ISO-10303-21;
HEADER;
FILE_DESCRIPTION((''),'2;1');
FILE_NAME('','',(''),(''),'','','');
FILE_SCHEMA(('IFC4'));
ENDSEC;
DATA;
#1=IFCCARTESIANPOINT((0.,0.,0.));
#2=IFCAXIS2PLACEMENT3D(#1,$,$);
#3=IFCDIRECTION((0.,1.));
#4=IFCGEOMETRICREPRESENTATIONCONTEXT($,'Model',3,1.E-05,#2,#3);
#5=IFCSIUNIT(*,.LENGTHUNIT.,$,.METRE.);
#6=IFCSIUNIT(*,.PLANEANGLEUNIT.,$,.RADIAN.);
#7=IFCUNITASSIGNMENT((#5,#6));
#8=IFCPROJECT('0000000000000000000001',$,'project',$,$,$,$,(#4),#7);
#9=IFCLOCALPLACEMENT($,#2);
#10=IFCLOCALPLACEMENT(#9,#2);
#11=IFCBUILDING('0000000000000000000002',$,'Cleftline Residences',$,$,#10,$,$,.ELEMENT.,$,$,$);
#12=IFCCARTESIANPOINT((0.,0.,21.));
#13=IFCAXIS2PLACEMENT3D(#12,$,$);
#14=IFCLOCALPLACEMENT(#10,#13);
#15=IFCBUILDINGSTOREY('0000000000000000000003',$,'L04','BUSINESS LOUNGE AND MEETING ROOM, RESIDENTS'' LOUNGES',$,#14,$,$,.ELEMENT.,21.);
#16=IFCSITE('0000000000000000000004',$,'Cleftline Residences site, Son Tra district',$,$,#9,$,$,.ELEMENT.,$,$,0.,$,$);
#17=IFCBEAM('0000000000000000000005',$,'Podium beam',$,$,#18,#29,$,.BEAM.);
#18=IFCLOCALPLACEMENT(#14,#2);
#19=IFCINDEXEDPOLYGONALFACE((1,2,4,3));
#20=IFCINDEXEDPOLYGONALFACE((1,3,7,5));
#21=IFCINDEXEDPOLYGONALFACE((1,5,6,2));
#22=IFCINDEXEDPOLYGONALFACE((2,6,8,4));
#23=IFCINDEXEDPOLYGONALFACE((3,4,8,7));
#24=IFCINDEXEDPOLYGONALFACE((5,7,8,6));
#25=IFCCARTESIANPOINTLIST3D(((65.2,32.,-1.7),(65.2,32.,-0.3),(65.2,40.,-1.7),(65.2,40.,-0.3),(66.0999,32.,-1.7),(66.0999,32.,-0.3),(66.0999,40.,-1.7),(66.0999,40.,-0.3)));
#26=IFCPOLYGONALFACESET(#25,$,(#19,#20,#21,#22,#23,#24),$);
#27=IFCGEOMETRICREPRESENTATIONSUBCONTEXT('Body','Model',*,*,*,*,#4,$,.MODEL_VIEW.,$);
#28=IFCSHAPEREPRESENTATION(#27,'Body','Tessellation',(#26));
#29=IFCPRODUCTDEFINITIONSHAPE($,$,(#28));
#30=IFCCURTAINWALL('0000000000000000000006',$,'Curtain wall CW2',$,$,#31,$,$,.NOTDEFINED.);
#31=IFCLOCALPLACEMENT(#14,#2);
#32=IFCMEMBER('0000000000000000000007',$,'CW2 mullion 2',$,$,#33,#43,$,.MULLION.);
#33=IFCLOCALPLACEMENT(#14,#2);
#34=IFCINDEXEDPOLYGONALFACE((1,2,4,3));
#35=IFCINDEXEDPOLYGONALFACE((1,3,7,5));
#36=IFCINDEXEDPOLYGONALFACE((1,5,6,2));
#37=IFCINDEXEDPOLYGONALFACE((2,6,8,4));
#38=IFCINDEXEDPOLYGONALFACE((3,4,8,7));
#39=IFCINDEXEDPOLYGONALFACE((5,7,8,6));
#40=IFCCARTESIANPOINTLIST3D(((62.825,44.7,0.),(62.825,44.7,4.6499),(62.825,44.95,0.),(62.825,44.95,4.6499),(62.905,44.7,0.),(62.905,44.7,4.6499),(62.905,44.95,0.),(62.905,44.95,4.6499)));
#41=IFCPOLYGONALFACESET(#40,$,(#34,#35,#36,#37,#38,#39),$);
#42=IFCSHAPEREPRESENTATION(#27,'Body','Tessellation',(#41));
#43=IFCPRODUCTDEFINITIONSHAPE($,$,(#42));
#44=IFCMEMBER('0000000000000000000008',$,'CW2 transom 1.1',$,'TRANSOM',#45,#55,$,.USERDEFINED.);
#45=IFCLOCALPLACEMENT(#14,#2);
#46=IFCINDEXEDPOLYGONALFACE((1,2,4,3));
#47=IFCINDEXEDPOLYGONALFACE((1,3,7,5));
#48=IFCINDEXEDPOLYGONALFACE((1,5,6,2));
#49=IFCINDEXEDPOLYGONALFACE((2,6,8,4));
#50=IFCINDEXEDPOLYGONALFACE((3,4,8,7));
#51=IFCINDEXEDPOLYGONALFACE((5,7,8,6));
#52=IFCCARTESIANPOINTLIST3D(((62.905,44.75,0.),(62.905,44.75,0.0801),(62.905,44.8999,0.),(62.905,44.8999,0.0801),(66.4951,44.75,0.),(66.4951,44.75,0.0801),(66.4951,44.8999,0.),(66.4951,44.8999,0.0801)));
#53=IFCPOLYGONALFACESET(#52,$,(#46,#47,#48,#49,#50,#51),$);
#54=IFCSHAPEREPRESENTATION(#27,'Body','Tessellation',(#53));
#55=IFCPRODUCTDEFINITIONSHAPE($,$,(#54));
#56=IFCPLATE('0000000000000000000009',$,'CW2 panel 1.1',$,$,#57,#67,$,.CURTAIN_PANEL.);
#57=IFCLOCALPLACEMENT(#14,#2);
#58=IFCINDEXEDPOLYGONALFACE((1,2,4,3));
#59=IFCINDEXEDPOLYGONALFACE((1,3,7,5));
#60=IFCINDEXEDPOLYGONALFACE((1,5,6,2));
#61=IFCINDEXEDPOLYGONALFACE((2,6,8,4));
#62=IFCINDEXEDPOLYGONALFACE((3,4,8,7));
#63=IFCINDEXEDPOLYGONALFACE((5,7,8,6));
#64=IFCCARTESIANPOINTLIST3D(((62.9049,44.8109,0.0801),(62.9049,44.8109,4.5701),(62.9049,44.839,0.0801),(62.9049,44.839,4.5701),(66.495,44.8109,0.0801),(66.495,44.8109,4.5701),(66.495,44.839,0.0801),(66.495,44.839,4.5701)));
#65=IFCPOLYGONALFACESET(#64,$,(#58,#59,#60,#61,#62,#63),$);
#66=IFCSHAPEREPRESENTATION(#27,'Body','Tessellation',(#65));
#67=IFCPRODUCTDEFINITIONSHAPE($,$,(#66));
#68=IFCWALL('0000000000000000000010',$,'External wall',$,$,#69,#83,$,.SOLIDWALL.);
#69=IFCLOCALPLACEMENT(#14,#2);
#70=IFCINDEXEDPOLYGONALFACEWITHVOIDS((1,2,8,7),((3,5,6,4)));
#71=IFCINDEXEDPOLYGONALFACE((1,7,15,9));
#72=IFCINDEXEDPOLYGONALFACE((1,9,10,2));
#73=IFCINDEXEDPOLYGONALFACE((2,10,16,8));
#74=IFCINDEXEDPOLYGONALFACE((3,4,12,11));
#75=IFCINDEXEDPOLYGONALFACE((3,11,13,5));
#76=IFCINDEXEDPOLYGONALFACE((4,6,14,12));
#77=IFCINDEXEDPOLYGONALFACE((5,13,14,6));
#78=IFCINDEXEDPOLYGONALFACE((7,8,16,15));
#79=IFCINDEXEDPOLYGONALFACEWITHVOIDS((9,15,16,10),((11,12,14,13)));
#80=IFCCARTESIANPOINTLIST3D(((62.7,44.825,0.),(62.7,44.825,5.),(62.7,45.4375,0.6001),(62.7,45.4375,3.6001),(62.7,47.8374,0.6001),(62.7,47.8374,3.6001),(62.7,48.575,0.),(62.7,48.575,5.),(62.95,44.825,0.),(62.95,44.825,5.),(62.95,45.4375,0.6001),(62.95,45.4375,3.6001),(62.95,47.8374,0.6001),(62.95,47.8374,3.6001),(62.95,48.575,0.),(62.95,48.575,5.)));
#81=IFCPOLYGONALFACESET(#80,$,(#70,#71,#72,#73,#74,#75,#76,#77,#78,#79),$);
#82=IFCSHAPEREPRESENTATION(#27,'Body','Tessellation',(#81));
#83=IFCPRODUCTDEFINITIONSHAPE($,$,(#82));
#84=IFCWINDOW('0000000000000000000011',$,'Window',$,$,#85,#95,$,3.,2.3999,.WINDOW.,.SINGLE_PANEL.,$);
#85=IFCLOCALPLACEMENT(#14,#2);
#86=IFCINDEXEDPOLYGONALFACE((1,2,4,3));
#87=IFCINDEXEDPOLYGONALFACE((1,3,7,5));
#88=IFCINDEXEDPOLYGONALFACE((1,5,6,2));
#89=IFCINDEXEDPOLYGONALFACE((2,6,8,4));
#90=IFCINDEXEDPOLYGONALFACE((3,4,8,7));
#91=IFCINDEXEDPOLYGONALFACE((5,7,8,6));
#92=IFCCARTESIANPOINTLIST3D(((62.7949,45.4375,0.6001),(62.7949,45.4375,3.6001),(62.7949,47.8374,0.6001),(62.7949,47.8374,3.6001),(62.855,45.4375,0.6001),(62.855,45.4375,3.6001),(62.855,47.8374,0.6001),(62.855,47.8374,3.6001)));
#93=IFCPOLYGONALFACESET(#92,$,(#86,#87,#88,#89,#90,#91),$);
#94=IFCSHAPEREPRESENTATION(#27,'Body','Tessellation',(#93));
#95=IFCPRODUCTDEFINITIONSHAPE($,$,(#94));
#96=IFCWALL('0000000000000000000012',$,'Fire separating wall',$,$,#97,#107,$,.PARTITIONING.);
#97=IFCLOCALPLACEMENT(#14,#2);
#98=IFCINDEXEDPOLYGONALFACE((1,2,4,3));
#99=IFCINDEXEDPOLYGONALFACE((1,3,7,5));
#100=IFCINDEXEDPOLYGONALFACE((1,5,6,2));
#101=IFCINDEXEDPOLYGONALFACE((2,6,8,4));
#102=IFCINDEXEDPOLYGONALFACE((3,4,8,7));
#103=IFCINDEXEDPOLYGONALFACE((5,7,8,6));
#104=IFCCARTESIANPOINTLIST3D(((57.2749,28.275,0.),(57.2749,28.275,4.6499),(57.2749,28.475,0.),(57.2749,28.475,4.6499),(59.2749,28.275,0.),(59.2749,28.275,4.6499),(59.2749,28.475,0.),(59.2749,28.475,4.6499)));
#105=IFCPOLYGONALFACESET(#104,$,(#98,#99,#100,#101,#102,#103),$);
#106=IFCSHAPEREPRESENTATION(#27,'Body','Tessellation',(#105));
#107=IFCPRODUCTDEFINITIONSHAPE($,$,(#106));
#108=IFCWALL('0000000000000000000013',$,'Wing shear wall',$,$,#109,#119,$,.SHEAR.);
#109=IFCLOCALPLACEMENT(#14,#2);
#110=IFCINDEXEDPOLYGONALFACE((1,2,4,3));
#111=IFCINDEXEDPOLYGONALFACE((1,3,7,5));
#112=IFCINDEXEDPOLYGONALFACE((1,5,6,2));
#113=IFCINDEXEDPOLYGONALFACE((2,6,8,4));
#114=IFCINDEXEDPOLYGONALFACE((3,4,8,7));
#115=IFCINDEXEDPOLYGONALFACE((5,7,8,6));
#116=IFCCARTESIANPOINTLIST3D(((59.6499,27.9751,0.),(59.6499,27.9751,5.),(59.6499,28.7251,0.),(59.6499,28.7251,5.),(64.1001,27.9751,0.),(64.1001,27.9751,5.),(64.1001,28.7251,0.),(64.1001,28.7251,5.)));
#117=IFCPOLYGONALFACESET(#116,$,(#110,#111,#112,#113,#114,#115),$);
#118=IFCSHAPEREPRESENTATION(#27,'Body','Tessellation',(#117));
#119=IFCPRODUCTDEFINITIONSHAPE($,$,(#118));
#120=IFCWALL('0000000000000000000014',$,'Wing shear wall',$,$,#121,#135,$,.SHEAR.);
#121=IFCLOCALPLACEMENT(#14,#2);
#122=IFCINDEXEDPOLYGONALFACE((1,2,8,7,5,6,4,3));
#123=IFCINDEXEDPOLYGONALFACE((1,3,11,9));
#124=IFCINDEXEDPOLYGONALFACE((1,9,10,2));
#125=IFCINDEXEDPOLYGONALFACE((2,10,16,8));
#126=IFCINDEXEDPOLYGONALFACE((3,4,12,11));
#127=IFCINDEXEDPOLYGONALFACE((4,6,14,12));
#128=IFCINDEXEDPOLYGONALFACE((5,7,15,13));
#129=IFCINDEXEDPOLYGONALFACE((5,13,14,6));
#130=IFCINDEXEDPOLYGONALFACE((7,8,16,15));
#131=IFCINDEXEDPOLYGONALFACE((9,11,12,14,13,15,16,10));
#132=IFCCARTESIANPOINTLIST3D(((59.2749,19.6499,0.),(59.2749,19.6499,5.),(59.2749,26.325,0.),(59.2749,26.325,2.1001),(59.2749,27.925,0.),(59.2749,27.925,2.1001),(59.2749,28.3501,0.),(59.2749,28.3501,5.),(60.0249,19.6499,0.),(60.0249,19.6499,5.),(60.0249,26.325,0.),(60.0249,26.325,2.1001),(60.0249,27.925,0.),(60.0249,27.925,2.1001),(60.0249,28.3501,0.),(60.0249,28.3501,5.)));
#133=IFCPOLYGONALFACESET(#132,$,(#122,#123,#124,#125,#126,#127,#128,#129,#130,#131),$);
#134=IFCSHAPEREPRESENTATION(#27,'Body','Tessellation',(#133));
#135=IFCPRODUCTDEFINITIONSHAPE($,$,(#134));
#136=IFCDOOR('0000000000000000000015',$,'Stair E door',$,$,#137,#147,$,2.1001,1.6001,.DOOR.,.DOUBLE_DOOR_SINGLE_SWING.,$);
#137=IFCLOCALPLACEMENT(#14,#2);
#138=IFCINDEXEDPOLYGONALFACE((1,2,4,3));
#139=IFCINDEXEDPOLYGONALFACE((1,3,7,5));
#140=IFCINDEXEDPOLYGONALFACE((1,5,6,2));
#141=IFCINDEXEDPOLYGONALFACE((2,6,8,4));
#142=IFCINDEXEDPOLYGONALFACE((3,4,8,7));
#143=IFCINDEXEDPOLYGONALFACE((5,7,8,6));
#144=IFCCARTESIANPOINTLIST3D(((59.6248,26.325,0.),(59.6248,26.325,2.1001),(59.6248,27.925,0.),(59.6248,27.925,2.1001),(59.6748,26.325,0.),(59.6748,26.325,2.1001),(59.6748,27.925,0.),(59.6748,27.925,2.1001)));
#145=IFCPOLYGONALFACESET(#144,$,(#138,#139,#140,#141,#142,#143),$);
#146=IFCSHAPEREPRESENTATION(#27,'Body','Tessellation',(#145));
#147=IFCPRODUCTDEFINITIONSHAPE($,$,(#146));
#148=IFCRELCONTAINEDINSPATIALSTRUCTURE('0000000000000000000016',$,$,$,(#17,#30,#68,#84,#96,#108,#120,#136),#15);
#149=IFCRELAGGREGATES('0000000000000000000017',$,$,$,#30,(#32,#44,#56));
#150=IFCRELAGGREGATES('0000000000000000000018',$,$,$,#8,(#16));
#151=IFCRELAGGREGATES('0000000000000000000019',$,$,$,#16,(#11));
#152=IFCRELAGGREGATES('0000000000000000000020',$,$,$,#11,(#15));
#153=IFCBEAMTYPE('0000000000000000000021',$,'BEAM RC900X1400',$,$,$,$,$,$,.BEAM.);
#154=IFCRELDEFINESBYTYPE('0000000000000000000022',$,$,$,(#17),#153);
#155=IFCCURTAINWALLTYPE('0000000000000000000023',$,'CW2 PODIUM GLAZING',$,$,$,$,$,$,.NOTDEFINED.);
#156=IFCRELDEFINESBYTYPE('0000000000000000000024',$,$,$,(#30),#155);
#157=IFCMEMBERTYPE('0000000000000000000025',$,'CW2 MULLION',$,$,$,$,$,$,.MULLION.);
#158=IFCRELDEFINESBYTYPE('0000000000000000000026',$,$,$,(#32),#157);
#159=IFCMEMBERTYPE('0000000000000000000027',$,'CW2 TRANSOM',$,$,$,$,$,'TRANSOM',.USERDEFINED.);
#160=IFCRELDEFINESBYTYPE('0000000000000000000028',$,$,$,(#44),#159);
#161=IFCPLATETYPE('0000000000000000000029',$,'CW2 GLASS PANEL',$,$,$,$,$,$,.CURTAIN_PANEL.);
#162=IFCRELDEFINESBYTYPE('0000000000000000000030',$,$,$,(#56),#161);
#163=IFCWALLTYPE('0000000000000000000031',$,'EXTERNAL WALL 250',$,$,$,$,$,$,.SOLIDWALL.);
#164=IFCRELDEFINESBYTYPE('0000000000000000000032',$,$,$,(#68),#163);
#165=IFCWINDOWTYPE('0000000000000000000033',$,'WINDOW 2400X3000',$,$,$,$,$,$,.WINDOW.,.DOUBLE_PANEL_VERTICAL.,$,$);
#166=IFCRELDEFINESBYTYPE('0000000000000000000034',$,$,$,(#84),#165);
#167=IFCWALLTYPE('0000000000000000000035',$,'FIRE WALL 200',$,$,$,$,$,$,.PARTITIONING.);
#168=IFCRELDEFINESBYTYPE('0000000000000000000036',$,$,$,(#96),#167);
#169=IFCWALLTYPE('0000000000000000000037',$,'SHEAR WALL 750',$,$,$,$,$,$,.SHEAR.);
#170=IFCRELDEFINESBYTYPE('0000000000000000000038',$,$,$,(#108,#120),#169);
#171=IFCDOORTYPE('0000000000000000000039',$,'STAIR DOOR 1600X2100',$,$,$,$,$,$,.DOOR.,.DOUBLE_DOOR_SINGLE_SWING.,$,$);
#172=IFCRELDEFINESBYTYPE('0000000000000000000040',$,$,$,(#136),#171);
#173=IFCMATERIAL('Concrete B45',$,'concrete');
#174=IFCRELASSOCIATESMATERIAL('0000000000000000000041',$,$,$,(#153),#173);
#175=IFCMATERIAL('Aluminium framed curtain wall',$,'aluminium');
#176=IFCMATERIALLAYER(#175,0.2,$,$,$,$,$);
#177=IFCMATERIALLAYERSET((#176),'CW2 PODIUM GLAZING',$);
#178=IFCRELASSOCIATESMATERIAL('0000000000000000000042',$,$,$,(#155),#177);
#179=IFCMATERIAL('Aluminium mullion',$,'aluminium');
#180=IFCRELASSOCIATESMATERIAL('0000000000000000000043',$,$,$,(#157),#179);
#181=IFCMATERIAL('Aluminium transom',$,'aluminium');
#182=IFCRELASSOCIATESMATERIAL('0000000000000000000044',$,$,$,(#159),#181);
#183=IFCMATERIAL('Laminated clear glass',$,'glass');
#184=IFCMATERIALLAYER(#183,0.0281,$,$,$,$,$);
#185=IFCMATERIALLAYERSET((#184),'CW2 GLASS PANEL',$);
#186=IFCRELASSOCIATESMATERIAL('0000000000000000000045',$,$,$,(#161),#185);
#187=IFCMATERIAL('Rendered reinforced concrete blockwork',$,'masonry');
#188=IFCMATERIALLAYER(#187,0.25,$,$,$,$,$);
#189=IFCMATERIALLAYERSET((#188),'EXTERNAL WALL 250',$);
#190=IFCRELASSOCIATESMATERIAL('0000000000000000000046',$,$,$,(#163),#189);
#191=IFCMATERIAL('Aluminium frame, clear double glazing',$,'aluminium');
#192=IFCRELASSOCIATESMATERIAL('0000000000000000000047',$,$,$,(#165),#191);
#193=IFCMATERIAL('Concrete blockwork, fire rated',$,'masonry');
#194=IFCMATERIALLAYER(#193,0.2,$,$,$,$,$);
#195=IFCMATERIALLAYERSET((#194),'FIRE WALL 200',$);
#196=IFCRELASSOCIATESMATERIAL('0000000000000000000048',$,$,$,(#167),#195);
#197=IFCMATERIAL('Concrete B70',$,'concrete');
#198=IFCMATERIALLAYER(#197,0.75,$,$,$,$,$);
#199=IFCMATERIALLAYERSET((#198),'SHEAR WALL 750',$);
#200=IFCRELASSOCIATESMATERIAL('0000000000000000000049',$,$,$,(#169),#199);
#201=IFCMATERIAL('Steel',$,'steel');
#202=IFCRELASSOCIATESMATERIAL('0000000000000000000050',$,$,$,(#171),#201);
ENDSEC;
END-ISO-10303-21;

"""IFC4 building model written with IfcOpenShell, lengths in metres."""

from ifc_helpers import new_model, si_unit, direction, frame, frame_2d, origin, origin_2d, place, context, subcontext, project, spatial, rectangle, extrude, material, layer, layer_set, material_profile, profile_set, type_object, element, fill, aggregate, save


model = new_model("IFC4")

# Units and contexts
model_context = context("Model", 3, precision=1e-05, world=origin(), true_north=direction((0.0, 1.0)))
body_context = subcontext(model_context, "Body", "Model", "MODEL_VIEW")
ifc_project = project(units=[si_unit("LENGTHUNIT", "METRE"), si_unit("PLANEANGLEUNIT", "RADIAN")], contexts=[model_context])

# Site, building, storey
site_placement = place(None, origin())
site = spatial("IfcSite", under=ifc_project, at=site_placement, Name="Cleftline Residences site, Son Tra district", CompositionType="ELEMENT", RefElevation=0.0)
building_placement = place(site_placement, origin())
building = spatial("IfcBuilding", under=site, at=building_placement, Name="Cleftline Residences", CompositionType="ELEMENT")
storey_placement = place(building_placement, frame((0.0, 0.0, 21.0)))
storey = spatial("IfcBuildingStorey", under=building, at=storey_placement, Name="L04", Description="BUSINESS LOUNGE AND MEETING ROOM, RESIDENTS' LOUNGES", CompositionType="ELEMENT", Elevation=21.0)

# Beam
ifc_material_1 = material(Name="Concrete B45", Category="concrete")
ifc_material_profile_1 = material_profile(ifc_material_1, rectangle(XDim=0.8999, YDim=1.3999, at=origin_2d()))
ifc_profile_set_1 = profile_set([ifc_material_profile_1], Name="Concrete B45")
beam_type = type_object("IfcBeamType", Name="BEAM RC900X1400", PredefinedType="BEAM", material=ifc_profile_set_1)
beam_1_placement = place(storey_placement, frame((65.6499, 32.0, -1.0), z_axis=(0.0, 1.0, 0.0), x_axis=(-1.0, 0.0, 0.0)))
element("IfcBeam", 1, at=beam_1_placement, inside=storey, type_object=beam_type, Name="Podium beam", PredefinedType="BEAM", context=body_context, shape_type="SweptSolid", body=[
    extrude(rectangle(XDim=0.8999, YDim=1.3999, at=origin_2d()), origin(), (0.0, 0.0, 1.0), 8.0),
])

# Curtain wall, members, plate
ifc_material_2 = material(Name="Aluminium framed curtain wall", Category="aluminium")
ifc_layer_1 = layer(ifc_material_2, 0.2)
ifc_layer_set_1 = layer_set([ifc_layer_1], Name="CW2 PODIUM GLAZING")
curtain_wall_type = type_object("IfcCurtainWallType", Name="CW2 PODIUM GLAZING", PredefinedType="NOTDEFINED", material=ifc_layer_set_1)
curtain_wall_placement = place(storey_placement, origin())
curtain_wall = element("IfcCurtainWall", 2, at=curtain_wall_placement, inside=storey, type_object=curtain_wall_type, Name="Curtain wall CW2", PredefinedType="NOTDEFINED")
ifc_material_3 = material(Name="Aluminium mullion", Category="aluminium")
ifc_material_profile_2 = material_profile(ifc_material_3, rectangle(XDim=0.25, YDim=0.0801, at=origin_2d()))
ifc_profile_set_2 = profile_set([ifc_material_profile_2], Name="Aluminium mullion")
member_type_1 = type_object("IfcMemberType", Name="CW2 MULLION", PredefinedType="MULLION", material=ifc_profile_set_2)
member_1_placement = place(storey_placement, frame((62.865, 44.825, 0.0), z_axis=(0.0, 0.0, 1.0), x_axis=(0.0, -1.0, 0.0)))
member_1 = element("IfcMember", 3, at=member_1_placement, type_object=member_type_1, Name="CW2 mullion 2", PredefinedType="MULLION", context=body_context, shape_type="SweptSolid", body=[
    extrude(rectangle(XDim=0.25, YDim=0.0801, at=origin_2d()), origin(), (0.0, 0.0, 1.0), 4.6499),
])
ifc_material_4 = material(Name="Aluminium transom", Category="aluminium")
ifc_material_profile_3 = material_profile(ifc_material_4, rectangle(XDim=0.1499, YDim=0.0801, at=origin_2d()))
ifc_profile_set_3 = profile_set([ifc_material_profile_3], Name="Aluminium transom")
member_type_2 = type_object("IfcMemberType", Name="CW2 TRANSOM", ElementType="TRANSOM", PredefinedType="USERDEFINED", material=ifc_profile_set_3)
member_2_placement = place(storey_placement, frame((66.4951, 44.825, 0.04), z_axis=(-1.0, 0.0, 0.0), x_axis=(0.0, -1.0, 0.0)))
member_2 = element("IfcMember", 4, at=member_2_placement, type_object=member_type_2, Name="CW2 transom 1.1", ObjectType="TRANSOM", PredefinedType="USERDEFINED", context=body_context, shape_type="SweptSolid", body=[
    extrude(rectangle(XDim=0.1499, YDim=0.0801, at=origin_2d()), origin(), (0.0, 0.0, 1.0), 3.5901),
])
ifc_material_5 = material(Name="Laminated clear glass", Category="glass")
ifc_layer_2 = layer(ifc_material_5, 0.0281)
ifc_layer_set_2 = layer_set([ifc_layer_2], Name="CW2 GLASS PANEL")
plate_type = type_object("IfcPlateType", Name="CW2 GLASS PANEL", PredefinedType="CURTAIN_PANEL", material=ifc_layer_set_2)
plate_placement = place(storey_placement, frame((64.7, 44.825, 0.0801), z_axis=(0.0, 0.0, 1.0), x_axis=(-1.0, 0.0, 0.0)))
plate = element("IfcPlate", 5, at=plate_placement, type_object=plate_type, Name="CW2 panel 1.1", PredefinedType="CURTAIN_PANEL", context=body_context, shape_type="SweptSolid", body=[
    extrude(rectangle(XDim=3.5901, YDim=0.0281, at=origin_2d()), origin(), (0.0, 0.0, 1.0), 4.49),
])
aggregate(curtain_wall, [member_1, member_2, plate])

# Wall, opening, window
ifc_material_6 = material(Name="Rendered reinforced concrete blockwork", Category="masonry")
ifc_layer_3 = layer(ifc_material_6, 0.25)
ifc_layer_set_3 = layer_set([ifc_layer_3], Name="EXTERNAL WALL 250")
wall_type_1 = type_object("IfcWallType", Name="EXTERNAL WALL 250", PredefinedType="SOLIDWALL", material=ifc_layer_set_3)
wall_1_placement = place(storey_placement, frame((62.825, 44.825, 0.0), z_axis=(0.0, 0.0, 1.0), x_axis=(0.0, 1.0, 0.0)))
wall_1 = element("IfcWall", 6, at=wall_1_placement, inside=storey, type_object=wall_type_1, Name="External wall", PredefinedType="SOLIDWALL", context=body_context, shape_type="SweptSolid", body=[
    extrude(rectangle(XDim=3.75, YDim=0.25, at=frame_2d((1.875, 0.0))), origin(), (0.0, 0.0, 1.0), 5.0),
])
opening_1_placement = place(wall_1_placement, frame((0.6125, 0.0, 0.6001)))
opening_1 = element("IfcOpeningElement", 7, at=opening_1_placement, cuts=wall_1, PredefinedType="OPENING", context=body_context, shape_type="SweptSolid", body=[
    extrude(rectangle(XDim=2.3999, YDim=3.0, at=frame_2d((1.2, 1.5))), frame((0.0, 0.135, 0.0), z_axis=(0.0, -1.0, 0.0), x_axis=(1.0, 0.0, 0.0)), (0.0, 0.0, 1.0), 0.27),
])
ifc_material_7 = material(Name="Aluminium frame, clear double glazing", Category="aluminium")
window_type = type_object("IfcWindowType", Name="WINDOW 2400X3000", PartitioningType="DOUBLE_PANEL_VERTICAL", PredefinedType="WINDOW", material=ifc_material_7)
window_placement = place(opening_1_placement, origin())
window = element("IfcWindow", 8, at=window_placement, inside=storey, type_object=window_type, Name="Window", OverallHeight=3.0, OverallWidth=2.3999, PartitioningType="SINGLE_PANEL", PredefinedType="WINDOW", context=body_context, shape_type="SweptSolid", body=[
    extrude(rectangle(XDim=2.3999, YDim=3.0, at=frame_2d((1.2, 1.5))), frame((0.0, 0.03, 0.0), z_axis=(0.0, -1.0, 0.0), x_axis=(1.0, 0.0, 0.0)), (0.0, 0.0, 1.0), 0.0601),
])
fill(opening_1, window)

# Walls
ifc_material_8 = material(Name="Concrete blockwork, fire rated", Category="masonry")
ifc_layer_4 = layer(ifc_material_8, 0.2)
ifc_layer_set_4 = layer_set([ifc_layer_4], Name="FIRE WALL 200")
wall_type_2 = type_object("IfcWallType", Name="FIRE WALL 200", PredefinedType="PARTITIONING", material=ifc_layer_set_4)
wall_2_placement = place(storey_placement, frame((57.2749, 28.375, 0.0), z_axis=(0.0, 0.0, 1.0), x_axis=(1.0, 0.0, 0.0)))
element("IfcWall", 9, at=wall_2_placement, inside=storey, type_object=wall_type_2, Name="Fire separating wall", PredefinedType="PARTITIONING", context=body_context, shape_type="SweptSolid", body=[
    extrude(rectangle(XDim=2.0, YDim=0.2, at=frame_2d((1.0, 0.0))), origin(), (0.0, 0.0, 1.0), 4.6499),
])
ifc_material_9 = material(Name="Concrete B70", Category="concrete")
ifc_layer_5 = layer(ifc_material_9, 0.75)
ifc_layer_set_5 = layer_set([ifc_layer_5], Name="SHEAR WALL 750")
wall_type_3 = type_object("IfcWallType", Name="SHEAR WALL 750", PredefinedType="SHEAR", material=ifc_layer_set_5)
wall_3_placement = place(storey_placement, frame((64.1001, 28.3501, 0.0), z_axis=(0.0, 0.0, 1.0), x_axis=(-1.0, 0.0, 0.0)))
element("IfcWall", 10, at=wall_3_placement, inside=storey, type_object=wall_type_3, Name="Wing shear wall", PredefinedType="SHEAR", context=body_context, shape_type="SweptSolid", body=[
    extrude(rectangle(XDim=4.4502, YDim=0.75, at=frame_2d((2.2251, 0.0))), origin(), (0.0, 0.0, 1.0), 5.0),
])

# Wall, opening, door
wall_4_placement = place(storey_placement, frame((59.6499, 28.3501, 0.0), z_axis=(0.0, 0.0, 1.0), x_axis=(0.0, -1.0, 0.0)))
wall_4 = element("IfcWall", 11, at=wall_4_placement, inside=storey, type_object=wall_type_3, Name="Wing shear wall", PredefinedType="SHEAR", context=body_context, shape_type="SweptSolid", body=[
    extrude(rectangle(XDim=8.7002, YDim=0.75, at=frame_2d((4.3501, 0.0))), origin(), (0.0, 0.0, 1.0), 5.0),
])
opening_2_placement = place(wall_4_placement, frame((0.425, 0.0, 0.0)))
opening_2 = element("IfcOpeningElement", 12, at=opening_2_placement, cuts=wall_4, PredefinedType="OPENING", context=body_context, shape_type="SweptSolid", body=[
    extrude(rectangle(XDim=1.6001, YDim=2.1001, at=frame_2d((0.8, 1.05))), frame((0.0, 0.385, 0.0), z_axis=(0.0, -1.0, 0.0), x_axis=(1.0, 0.0, 0.0)), (0.0, 0.0, 1.0), 0.77),
])
ifc_material_10 = material(Name="Steel", Category="steel")
door_type = type_object("IfcDoorType", Name="STAIR DOOR 1600X2100", OperationType="DOUBLE_DOOR_SINGLE_SWING", PredefinedType="DOOR", material=ifc_material_10)
door_placement = place(opening_2_placement, origin())
door = element("IfcDoor", 13, at=door_placement, inside=storey, type_object=door_type, Name="Stair E door", OperationType="DOUBLE_DOOR_SINGLE_SWING", OverallHeight=2.1001, OverallWidth=1.6001, PredefinedType="DOOR", context=body_context, shape_type="SweptSolid", body=[
    extrude(rectangle(XDim=1.6001, YDim=2.1001, at=frame_2d((0.8, 1.05))), frame((0.0, 0.0249, 0.0), z_axis=(0.0, -1.0, 0.0), x_axis=(1.0, 0.0, 0.0)), (0.0, 0.0, 1.0), 0.05),
])
fill(opening_2, door)

save(model, "model.ifc")
